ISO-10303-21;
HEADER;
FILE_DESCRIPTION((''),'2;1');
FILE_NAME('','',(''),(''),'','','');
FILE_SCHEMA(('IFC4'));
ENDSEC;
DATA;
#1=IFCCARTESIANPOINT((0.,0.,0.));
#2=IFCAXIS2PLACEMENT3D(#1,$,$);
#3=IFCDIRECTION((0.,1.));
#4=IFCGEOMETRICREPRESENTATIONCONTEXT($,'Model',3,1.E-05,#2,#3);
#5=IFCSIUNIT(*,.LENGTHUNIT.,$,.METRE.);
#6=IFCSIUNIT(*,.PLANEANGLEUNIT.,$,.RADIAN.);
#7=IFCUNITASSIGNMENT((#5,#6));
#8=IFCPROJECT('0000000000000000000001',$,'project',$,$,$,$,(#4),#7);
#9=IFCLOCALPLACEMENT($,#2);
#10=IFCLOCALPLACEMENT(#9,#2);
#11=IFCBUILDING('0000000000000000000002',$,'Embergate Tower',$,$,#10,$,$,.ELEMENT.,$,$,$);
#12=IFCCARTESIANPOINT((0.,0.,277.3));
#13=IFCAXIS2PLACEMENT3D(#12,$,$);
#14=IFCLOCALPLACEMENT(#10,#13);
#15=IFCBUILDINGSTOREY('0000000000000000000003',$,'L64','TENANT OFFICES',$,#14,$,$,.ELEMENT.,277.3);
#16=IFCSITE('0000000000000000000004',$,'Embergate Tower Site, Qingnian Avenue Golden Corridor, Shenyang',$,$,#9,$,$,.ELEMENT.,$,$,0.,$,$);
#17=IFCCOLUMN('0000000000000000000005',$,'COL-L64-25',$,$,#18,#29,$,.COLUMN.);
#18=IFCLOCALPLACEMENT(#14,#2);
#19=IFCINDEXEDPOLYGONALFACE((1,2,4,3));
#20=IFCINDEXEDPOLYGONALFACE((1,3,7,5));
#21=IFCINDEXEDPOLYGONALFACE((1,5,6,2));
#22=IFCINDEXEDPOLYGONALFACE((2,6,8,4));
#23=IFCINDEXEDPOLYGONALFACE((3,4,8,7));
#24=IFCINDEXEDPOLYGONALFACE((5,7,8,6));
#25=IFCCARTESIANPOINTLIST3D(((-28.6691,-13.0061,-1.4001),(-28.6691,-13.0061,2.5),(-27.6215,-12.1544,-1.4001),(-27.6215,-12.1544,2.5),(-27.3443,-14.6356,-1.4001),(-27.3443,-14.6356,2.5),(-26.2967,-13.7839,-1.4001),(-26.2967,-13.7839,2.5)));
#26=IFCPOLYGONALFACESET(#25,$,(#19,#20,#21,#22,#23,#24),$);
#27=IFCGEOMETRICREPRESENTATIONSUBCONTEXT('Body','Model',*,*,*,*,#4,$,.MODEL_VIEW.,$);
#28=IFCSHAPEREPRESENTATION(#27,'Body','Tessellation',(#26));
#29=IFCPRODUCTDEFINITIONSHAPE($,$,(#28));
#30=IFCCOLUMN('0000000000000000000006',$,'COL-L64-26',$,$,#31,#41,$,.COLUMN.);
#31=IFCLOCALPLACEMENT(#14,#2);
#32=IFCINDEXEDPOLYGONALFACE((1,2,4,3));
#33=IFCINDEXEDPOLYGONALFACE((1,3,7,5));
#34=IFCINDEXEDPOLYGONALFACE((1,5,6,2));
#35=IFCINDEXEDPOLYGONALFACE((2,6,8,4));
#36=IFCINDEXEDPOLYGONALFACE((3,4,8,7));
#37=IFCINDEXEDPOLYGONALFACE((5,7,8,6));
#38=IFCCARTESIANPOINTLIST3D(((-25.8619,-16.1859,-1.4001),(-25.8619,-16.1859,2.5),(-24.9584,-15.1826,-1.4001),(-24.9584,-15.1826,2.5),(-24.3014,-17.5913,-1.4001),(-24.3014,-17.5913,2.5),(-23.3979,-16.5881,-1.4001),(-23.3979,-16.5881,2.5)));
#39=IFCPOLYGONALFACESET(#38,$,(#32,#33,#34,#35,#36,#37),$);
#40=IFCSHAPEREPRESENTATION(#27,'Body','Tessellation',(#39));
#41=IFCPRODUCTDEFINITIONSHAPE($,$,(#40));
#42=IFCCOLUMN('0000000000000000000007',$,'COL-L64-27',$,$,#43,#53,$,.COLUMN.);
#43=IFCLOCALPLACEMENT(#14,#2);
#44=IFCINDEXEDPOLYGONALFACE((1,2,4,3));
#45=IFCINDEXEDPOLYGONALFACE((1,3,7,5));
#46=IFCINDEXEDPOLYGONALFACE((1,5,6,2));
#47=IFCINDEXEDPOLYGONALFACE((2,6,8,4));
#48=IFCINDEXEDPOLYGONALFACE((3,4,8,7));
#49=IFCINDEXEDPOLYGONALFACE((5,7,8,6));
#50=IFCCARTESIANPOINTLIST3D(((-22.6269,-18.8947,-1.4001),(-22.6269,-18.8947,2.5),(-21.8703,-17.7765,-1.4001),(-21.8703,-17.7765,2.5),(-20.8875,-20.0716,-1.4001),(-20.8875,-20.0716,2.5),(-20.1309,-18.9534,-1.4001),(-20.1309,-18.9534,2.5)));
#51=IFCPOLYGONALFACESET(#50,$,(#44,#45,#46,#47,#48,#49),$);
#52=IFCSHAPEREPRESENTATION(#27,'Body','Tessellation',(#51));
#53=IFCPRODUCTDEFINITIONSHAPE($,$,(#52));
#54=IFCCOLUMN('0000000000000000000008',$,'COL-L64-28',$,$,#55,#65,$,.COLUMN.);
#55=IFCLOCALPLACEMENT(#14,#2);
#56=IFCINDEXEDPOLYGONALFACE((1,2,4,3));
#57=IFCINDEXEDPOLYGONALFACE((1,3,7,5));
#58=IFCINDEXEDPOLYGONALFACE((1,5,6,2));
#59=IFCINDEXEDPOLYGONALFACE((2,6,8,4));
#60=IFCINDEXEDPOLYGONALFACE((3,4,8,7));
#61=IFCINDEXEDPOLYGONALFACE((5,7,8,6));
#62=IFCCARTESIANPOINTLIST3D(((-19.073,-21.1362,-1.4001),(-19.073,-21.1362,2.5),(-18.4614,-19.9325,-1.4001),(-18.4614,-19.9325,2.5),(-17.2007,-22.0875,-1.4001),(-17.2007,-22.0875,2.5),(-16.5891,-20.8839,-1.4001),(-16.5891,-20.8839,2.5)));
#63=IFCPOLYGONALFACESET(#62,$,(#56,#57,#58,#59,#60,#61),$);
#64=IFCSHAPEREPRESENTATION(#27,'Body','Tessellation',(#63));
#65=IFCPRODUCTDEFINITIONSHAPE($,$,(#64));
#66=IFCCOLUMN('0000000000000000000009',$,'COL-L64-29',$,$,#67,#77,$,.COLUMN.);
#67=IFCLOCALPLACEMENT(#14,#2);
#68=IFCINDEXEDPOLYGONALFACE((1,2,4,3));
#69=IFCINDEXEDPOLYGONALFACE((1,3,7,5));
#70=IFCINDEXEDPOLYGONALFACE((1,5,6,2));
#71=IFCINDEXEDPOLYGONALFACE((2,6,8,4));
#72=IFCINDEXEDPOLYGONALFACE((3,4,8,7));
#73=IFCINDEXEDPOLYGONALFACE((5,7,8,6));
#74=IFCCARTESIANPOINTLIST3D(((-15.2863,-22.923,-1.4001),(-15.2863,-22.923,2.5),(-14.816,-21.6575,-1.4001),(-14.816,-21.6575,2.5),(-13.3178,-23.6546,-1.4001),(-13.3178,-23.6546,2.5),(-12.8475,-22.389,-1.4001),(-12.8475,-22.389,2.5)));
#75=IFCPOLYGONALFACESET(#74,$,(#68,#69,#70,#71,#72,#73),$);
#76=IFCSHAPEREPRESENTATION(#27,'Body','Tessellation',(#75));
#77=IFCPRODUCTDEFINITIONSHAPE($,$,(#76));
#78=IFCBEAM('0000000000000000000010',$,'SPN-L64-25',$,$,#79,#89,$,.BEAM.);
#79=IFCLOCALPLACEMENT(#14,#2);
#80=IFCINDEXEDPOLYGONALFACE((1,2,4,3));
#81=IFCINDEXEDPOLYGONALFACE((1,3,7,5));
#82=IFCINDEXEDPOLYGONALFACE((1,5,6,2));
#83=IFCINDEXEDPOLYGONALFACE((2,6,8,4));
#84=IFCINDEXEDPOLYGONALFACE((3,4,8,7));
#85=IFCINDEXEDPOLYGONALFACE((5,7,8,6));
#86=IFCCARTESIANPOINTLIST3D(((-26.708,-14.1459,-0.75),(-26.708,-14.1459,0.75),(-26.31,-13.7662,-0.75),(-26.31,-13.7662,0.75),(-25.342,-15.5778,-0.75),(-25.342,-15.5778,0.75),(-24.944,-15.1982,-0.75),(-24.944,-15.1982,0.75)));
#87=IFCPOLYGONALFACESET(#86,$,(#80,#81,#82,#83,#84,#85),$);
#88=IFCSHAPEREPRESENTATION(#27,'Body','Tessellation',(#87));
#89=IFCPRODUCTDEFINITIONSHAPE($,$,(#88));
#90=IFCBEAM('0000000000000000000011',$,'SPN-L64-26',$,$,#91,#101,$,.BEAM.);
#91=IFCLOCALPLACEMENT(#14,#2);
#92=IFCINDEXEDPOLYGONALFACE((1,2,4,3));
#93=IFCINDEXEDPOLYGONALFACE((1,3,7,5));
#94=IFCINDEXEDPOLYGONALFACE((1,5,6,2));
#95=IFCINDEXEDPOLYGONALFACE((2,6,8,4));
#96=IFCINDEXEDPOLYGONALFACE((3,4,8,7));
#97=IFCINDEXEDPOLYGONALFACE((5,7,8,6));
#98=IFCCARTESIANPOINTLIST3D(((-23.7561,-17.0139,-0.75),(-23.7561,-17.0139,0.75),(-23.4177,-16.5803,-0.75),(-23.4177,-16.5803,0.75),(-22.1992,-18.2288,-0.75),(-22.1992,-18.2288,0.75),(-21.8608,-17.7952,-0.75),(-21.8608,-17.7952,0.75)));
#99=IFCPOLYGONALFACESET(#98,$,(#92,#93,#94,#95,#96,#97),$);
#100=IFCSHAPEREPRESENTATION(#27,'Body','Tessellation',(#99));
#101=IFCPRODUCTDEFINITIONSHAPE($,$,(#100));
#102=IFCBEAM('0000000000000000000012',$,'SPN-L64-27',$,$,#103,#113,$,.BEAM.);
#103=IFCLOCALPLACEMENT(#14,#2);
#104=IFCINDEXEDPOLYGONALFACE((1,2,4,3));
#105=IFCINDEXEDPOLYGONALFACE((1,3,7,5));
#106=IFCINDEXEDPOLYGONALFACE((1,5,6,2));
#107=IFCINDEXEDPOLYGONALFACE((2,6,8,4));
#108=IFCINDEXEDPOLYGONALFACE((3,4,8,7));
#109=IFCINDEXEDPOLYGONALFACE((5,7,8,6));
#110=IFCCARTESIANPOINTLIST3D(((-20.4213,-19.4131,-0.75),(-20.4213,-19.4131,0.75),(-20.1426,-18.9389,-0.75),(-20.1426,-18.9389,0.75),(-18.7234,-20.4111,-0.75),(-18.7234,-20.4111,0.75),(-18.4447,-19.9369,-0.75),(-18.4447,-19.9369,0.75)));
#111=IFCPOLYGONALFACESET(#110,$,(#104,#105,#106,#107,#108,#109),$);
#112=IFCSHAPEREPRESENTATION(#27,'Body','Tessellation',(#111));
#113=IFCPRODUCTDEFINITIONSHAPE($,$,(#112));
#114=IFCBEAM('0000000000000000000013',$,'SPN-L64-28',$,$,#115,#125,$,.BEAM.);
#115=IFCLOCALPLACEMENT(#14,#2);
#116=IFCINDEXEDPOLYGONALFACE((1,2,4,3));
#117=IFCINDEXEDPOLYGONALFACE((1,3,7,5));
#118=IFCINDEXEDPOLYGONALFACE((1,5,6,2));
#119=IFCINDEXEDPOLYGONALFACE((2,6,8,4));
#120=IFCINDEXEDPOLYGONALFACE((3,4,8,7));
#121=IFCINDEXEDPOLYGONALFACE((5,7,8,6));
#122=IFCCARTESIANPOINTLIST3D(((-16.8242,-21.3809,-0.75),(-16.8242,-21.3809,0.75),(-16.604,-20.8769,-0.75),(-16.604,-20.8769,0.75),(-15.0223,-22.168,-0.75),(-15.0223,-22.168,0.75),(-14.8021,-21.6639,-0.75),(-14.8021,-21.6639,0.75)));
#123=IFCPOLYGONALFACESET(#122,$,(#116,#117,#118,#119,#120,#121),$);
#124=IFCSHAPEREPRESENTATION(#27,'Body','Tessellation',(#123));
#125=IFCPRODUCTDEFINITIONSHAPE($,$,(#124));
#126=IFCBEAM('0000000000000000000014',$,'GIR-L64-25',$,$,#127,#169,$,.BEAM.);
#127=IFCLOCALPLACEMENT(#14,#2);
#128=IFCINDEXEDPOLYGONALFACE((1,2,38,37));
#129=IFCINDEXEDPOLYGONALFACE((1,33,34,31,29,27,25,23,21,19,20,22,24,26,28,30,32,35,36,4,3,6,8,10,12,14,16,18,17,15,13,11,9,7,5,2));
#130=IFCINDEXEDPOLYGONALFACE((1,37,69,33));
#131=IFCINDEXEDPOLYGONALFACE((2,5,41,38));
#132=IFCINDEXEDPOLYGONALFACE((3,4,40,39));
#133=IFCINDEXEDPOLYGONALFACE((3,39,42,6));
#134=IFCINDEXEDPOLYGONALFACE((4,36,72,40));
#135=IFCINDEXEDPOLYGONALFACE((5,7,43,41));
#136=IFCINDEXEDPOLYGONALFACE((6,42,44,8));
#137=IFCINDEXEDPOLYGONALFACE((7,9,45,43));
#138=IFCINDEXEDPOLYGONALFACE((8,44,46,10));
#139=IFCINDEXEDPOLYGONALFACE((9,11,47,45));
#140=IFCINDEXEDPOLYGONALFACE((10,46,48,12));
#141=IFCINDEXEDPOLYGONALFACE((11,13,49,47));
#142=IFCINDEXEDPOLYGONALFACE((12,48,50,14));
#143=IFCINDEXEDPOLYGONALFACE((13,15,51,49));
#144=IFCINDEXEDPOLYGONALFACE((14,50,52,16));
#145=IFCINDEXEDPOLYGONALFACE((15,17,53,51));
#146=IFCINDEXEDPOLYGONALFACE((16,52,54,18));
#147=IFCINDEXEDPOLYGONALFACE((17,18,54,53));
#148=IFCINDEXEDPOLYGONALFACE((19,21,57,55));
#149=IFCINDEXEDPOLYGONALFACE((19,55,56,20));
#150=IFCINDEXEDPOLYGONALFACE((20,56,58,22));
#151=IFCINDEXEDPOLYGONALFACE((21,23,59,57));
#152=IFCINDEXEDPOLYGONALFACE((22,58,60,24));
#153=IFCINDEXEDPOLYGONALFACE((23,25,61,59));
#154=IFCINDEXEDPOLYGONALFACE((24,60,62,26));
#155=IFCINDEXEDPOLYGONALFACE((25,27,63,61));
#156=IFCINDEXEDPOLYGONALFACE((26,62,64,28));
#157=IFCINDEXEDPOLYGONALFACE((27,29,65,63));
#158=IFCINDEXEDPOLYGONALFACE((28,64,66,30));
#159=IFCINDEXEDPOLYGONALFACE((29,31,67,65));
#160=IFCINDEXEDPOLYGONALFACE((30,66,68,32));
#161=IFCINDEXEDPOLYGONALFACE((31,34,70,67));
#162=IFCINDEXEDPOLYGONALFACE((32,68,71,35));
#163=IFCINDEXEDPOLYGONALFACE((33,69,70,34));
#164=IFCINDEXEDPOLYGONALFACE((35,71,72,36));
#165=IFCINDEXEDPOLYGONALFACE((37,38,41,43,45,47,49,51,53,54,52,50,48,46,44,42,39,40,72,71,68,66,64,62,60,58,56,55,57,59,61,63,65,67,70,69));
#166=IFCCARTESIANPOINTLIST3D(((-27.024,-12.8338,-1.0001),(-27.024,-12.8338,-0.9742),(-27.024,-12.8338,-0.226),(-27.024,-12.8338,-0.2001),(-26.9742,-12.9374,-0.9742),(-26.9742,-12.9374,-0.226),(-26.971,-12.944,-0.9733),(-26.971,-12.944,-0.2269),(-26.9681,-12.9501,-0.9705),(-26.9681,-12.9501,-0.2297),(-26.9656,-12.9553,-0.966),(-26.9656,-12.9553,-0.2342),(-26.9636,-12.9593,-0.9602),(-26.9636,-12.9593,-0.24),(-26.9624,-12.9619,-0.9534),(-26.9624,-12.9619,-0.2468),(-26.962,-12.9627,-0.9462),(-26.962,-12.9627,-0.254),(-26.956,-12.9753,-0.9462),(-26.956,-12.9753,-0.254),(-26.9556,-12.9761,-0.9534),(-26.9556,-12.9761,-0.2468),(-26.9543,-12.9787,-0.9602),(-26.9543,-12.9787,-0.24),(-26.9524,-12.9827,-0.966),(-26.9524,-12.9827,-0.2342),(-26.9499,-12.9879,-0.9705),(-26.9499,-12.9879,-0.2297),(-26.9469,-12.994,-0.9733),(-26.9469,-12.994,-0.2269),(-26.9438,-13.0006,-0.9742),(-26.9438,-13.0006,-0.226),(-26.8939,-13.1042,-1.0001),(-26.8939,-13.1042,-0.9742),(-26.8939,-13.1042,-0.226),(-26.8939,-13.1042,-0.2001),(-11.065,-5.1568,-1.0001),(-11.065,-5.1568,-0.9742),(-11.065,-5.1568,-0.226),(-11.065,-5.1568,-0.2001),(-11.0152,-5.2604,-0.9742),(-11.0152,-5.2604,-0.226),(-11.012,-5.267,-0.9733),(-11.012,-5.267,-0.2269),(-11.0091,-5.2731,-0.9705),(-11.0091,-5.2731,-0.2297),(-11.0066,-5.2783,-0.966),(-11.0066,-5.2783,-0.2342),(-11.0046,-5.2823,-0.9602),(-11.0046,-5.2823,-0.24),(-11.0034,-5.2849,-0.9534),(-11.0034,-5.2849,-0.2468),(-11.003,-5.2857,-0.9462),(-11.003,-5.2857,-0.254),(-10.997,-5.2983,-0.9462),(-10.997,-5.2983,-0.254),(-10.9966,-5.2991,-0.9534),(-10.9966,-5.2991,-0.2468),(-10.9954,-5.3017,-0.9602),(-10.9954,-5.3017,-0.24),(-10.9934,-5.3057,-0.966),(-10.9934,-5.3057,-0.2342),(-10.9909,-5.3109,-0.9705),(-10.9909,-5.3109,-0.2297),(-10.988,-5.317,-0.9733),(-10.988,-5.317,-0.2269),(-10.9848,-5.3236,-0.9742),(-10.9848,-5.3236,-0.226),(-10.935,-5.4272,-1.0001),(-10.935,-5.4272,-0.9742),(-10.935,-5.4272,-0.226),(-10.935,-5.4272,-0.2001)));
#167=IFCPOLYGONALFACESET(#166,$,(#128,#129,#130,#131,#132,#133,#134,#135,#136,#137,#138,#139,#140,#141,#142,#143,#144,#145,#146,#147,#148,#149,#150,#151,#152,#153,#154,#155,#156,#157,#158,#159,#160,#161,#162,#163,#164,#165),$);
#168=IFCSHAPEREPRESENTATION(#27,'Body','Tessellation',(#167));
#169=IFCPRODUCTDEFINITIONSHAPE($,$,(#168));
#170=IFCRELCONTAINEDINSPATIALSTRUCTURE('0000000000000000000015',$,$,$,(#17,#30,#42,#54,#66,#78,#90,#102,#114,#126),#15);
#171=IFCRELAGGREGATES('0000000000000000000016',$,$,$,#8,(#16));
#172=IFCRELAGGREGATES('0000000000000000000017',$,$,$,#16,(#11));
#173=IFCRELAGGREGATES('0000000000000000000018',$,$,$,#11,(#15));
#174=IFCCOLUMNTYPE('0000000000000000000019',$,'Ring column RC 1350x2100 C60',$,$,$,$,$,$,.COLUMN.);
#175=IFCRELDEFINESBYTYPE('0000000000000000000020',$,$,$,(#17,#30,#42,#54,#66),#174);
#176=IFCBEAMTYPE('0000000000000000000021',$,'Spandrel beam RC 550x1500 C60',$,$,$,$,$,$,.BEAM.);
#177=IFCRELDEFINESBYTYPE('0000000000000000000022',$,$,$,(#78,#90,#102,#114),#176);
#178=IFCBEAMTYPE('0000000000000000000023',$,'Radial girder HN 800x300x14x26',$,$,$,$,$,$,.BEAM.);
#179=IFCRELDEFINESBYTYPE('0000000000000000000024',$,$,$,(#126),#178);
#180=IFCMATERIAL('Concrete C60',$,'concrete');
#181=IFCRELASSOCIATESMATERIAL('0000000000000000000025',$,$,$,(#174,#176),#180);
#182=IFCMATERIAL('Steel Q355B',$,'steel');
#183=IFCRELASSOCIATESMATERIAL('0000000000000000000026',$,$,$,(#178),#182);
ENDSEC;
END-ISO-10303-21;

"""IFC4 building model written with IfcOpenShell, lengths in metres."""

from ifc_helpers import new_model, si_unit, direction, frame, origin, origin_2d, place, context, subcontext, project, spatial, rectangle, i_section, extrude, source, transform, mapped, material, material_profile, profile_set, type_object, element, save


model = new_model("IFC4")

# Units and contexts
model_context = context("Model", 3, precision=1e-05, world=origin(), true_north=direction((0.0, 1.0)))
body_context = subcontext(model_context, "Body", "Model", "MODEL_VIEW")
ifc_project = project(units=[si_unit("LENGTHUNIT", "METRE"), si_unit("PLANEANGLEUNIT", "RADIAN")], contexts=[model_context])

# Site, building, storey
site_placement = place(None, origin())
site = spatial("IfcSite", under=ifc_project, at=site_placement, Name="Embergate Tower Site, Qingnian Avenue Golden Corridor, Shenyang", CompositionType="ELEMENT", RefElevation=0.0)
building_placement = place(site_placement, origin())
building = spatial("IfcBuilding", under=site, at=building_placement, Name="Embergate Tower", CompositionType="ELEMENT")
storey_placement = place(building_placement, frame((0.0, 0.0, 277.3)))
storey = spatial("IfcBuildingStorey", under=building, at=storey_placement, Name="L64", Description="TENANT OFFICES", CompositionType="ELEMENT", Elevation=277.3)

# Columns
ifc_material_1 = material(Name="Concrete C60", Category="concrete")
ifc_material_profile_1 = material_profile(ifc_material_1, rectangle(XDim=1.3501, YDim=2.1001, at=origin_2d()), Name="RC 1350x2100")
ifc_profile_set_1 = profile_set([ifc_material_profile_1], Name="Concrete C60")
column_type = type_object("IfcColumnType", Name="Ring column RC 1350x2100 C60", PredefinedType="COLUMN", material=ifc_profile_set_1)
shared_shape_1 = source(origin(), body_context, "Body", "SweptSolid", [
    extrude(rectangle(XDim=1.3501, YDim=2.1001, at=origin_2d()), origin(), (0.0, 0.0, 1.0), 3.9001),
])
for number, where, z_axis, x_axis, name in (
    (1, (-27.4829, -13.395, -1.4001), (0.0, 0.0, 1.0), (-0.775914, -0.630838, 0.0), "COL-L64-25"),
    (2, (-24.6299, -16.387, -1.4001), (0.0, 0.0, 1.0), (-0.669208, -0.743075, 0.0), "COL-L64-26"),
    (3, (-21.3789, -18.9241, -1.4001), (0.0, 0.0, 1.0), (-0.560393, -0.828227, 0.0), "COL-L64-27"),
    (4, (-17.8311, -21.01, -1.4001), (0.0, 0.0, 1.0), (-0.452995, -0.891513, 0.0), "COL-L64-28"),
    (5, (-14.0669, -22.656, -1.4001), (0.0, 0.0, 1.0), (-0.348343, -0.937367, 0.0), "COL-L64-29"),
):
    element("IfcColumn", number, at=place(storey_placement, frame(where, z_axis=z_axis, x_axis=x_axis)), inside=storey, type_object=column_type, Name=name, PredefinedType="COLUMN", context=body_context, shape_type="MappedRepresentation", body=[
        mapped(shared_shape_1, transform((0.0, 0.0, 0.0))),
    ])

# Beams
ifc_material_profile_2 = material_profile(ifc_material_1, rectangle(XDim=0.55, YDim=1.5, at=origin_2d()), Name="RC 550x1500")
ifc_profile_set_2 = profile_set([ifc_material_profile_2], Name="Concrete C60")
beam_type_1 = type_object("IfcBeamType", Name="Spandrel beam RC 550x1500 C60", PredefinedType="BEAM", material=ifc_profile_set_2)
shared_shape_2 = source(origin(), body_context, "Body", "SweptSolid", [
    extrude(rectangle(XDim=0.55, YDim=1.5, at=origin_2d()), origin(), (0.0, 0.0, 1.0), 1.979),
])
beam_1_placement = place(storey_placement, frame((-26.509, -13.9561, 0.0), z_axis=(0.690256, -0.723566, 0.0), x_axis=(0.723566, 0.690256, 0.0)))
element("IfcBeam", 6, at=beam_1_placement, inside=storey, type_object=beam_type_1, Name="SPN-L64-25", PredefinedType="BEAM", context=body_context, shape_type="MappedRepresentation", body=[
    mapped(shared_shape_2, transform((0.0, 0.0, 0.0))),
])
shared_shape_3 = source(origin(), body_context, "Body", "SweptSolid", [
    extrude(rectangle(XDim=0.55, YDim=1.5, at=origin_2d()), origin(), (0.0, 0.0, 1.0), 1.9749),
])
beam_2_placement = place(storey_placement, frame((-23.5869, -16.7971, 0.0), z_axis=(0.788386, -0.615181, 0.0), x_axis=(0.615181, 0.788386, 0.0)))
element("IfcBeam", 7, at=beam_2_placement, inside=storey, type_object=beam_type_1, Name="SPN-L64-26", PredefinedType="BEAM", context=body_context, shape_type="MappedRepresentation", body=[
    mapped(shared_shape_3, transform((0.0, 0.0, 0.0))),
])
shared_shape_4 = source(origin(), body_context, "Body", "SweptSolid", [
    extrude(rectangle(XDim=0.55, YDim=1.5, at=origin_2d()), origin(), (0.0, 0.0, 1.0), 1.9695),
])
beam_3_placement = place(storey_placement, frame((-20.282, -19.176, 0.0), z_axis=(0.862106, -0.506728, 0.0), x_axis=(0.506728, 0.862106, 0.0)))
element("IfcBeam", 8, at=beam_3_placement, inside=storey, type_object=beam_type_1, Name="SPN-L64-27", PredefinedType="BEAM", context=body_context, shape_type="MappedRepresentation", body=[
    mapped(shared_shape_4, transform((0.0, 0.0, 0.0))),
])
shared_shape_5 = source(origin(), body_context, "Body", "SweptSolid", [
    extrude(rectangle(XDim=0.55, YDim=1.5, at=origin_2d()), origin(), (0.0, 0.0, 1.0), 1.9663),
])
beam_4_placement = place(storey_placement, frame((-16.7141, -21.1289, 0.0), z_axis=(0.916394, -0.400278, 0.0), x_axis=(0.400278, 0.916394, 0.0)))
element("IfcBeam", 9, at=beam_4_placement, inside=storey, type_object=beam_type_1, Name="SPN-L64-28", PredefinedType="BEAM", context=body_context, shape_type="MappedRepresentation", body=[
    mapped(shared_shape_5, transform((0.0, 0.0, 0.0))),
])
ifc_material_2 = material(Name="Steel Q355B", Category="steel")
ifc_material_profile_3 = material_profile(ifc_material_2, i_section(OverallWidth=0.3, OverallDepth=0.8, WebThickness=0.0139, FlangeThickness=0.0259, FilletRadius=0.0281, at=origin_2d()), Name="HN 800x300x14x26")
ifc_profile_set_3 = profile_set([ifc_material_profile_3], Name="Steel Q355 grade B")
beam_type_2 = type_object("IfcBeamType", Name="Radial girder HN 800x300x14x26", PredefinedType="BEAM", material=ifc_profile_set_3)
shared_shape_6 = source(origin(), body_context, "Body", "SweptSolid", [
    extrude(i_section(OverallWidth=0.3, OverallDepth=0.8, WebThickness=0.0139, FlangeThickness=0.0259, FilletRadius=0.0281, at=origin_2d()), origin(), (0.0, 0.0, 1.0), 17.7095),
])
beam_5_placement = place(storey_placement, frame((-26.959, -12.969, -0.6001), z_axis=(0.901155, 0.433497, 0.0), x_axis=(-0.433497, 0.901155, 0.0)))
element("IfcBeam", 10, at=beam_5_placement, inside=storey, type_object=beam_type_2, Name="GIR-L64-25", PredefinedType="BEAM", context=body_context, shape_type="MappedRepresentation", body=[
    mapped(shared_shape_6, transform((0.0, 0.0, 0.0))),
])

save(model, "model.ifc")
